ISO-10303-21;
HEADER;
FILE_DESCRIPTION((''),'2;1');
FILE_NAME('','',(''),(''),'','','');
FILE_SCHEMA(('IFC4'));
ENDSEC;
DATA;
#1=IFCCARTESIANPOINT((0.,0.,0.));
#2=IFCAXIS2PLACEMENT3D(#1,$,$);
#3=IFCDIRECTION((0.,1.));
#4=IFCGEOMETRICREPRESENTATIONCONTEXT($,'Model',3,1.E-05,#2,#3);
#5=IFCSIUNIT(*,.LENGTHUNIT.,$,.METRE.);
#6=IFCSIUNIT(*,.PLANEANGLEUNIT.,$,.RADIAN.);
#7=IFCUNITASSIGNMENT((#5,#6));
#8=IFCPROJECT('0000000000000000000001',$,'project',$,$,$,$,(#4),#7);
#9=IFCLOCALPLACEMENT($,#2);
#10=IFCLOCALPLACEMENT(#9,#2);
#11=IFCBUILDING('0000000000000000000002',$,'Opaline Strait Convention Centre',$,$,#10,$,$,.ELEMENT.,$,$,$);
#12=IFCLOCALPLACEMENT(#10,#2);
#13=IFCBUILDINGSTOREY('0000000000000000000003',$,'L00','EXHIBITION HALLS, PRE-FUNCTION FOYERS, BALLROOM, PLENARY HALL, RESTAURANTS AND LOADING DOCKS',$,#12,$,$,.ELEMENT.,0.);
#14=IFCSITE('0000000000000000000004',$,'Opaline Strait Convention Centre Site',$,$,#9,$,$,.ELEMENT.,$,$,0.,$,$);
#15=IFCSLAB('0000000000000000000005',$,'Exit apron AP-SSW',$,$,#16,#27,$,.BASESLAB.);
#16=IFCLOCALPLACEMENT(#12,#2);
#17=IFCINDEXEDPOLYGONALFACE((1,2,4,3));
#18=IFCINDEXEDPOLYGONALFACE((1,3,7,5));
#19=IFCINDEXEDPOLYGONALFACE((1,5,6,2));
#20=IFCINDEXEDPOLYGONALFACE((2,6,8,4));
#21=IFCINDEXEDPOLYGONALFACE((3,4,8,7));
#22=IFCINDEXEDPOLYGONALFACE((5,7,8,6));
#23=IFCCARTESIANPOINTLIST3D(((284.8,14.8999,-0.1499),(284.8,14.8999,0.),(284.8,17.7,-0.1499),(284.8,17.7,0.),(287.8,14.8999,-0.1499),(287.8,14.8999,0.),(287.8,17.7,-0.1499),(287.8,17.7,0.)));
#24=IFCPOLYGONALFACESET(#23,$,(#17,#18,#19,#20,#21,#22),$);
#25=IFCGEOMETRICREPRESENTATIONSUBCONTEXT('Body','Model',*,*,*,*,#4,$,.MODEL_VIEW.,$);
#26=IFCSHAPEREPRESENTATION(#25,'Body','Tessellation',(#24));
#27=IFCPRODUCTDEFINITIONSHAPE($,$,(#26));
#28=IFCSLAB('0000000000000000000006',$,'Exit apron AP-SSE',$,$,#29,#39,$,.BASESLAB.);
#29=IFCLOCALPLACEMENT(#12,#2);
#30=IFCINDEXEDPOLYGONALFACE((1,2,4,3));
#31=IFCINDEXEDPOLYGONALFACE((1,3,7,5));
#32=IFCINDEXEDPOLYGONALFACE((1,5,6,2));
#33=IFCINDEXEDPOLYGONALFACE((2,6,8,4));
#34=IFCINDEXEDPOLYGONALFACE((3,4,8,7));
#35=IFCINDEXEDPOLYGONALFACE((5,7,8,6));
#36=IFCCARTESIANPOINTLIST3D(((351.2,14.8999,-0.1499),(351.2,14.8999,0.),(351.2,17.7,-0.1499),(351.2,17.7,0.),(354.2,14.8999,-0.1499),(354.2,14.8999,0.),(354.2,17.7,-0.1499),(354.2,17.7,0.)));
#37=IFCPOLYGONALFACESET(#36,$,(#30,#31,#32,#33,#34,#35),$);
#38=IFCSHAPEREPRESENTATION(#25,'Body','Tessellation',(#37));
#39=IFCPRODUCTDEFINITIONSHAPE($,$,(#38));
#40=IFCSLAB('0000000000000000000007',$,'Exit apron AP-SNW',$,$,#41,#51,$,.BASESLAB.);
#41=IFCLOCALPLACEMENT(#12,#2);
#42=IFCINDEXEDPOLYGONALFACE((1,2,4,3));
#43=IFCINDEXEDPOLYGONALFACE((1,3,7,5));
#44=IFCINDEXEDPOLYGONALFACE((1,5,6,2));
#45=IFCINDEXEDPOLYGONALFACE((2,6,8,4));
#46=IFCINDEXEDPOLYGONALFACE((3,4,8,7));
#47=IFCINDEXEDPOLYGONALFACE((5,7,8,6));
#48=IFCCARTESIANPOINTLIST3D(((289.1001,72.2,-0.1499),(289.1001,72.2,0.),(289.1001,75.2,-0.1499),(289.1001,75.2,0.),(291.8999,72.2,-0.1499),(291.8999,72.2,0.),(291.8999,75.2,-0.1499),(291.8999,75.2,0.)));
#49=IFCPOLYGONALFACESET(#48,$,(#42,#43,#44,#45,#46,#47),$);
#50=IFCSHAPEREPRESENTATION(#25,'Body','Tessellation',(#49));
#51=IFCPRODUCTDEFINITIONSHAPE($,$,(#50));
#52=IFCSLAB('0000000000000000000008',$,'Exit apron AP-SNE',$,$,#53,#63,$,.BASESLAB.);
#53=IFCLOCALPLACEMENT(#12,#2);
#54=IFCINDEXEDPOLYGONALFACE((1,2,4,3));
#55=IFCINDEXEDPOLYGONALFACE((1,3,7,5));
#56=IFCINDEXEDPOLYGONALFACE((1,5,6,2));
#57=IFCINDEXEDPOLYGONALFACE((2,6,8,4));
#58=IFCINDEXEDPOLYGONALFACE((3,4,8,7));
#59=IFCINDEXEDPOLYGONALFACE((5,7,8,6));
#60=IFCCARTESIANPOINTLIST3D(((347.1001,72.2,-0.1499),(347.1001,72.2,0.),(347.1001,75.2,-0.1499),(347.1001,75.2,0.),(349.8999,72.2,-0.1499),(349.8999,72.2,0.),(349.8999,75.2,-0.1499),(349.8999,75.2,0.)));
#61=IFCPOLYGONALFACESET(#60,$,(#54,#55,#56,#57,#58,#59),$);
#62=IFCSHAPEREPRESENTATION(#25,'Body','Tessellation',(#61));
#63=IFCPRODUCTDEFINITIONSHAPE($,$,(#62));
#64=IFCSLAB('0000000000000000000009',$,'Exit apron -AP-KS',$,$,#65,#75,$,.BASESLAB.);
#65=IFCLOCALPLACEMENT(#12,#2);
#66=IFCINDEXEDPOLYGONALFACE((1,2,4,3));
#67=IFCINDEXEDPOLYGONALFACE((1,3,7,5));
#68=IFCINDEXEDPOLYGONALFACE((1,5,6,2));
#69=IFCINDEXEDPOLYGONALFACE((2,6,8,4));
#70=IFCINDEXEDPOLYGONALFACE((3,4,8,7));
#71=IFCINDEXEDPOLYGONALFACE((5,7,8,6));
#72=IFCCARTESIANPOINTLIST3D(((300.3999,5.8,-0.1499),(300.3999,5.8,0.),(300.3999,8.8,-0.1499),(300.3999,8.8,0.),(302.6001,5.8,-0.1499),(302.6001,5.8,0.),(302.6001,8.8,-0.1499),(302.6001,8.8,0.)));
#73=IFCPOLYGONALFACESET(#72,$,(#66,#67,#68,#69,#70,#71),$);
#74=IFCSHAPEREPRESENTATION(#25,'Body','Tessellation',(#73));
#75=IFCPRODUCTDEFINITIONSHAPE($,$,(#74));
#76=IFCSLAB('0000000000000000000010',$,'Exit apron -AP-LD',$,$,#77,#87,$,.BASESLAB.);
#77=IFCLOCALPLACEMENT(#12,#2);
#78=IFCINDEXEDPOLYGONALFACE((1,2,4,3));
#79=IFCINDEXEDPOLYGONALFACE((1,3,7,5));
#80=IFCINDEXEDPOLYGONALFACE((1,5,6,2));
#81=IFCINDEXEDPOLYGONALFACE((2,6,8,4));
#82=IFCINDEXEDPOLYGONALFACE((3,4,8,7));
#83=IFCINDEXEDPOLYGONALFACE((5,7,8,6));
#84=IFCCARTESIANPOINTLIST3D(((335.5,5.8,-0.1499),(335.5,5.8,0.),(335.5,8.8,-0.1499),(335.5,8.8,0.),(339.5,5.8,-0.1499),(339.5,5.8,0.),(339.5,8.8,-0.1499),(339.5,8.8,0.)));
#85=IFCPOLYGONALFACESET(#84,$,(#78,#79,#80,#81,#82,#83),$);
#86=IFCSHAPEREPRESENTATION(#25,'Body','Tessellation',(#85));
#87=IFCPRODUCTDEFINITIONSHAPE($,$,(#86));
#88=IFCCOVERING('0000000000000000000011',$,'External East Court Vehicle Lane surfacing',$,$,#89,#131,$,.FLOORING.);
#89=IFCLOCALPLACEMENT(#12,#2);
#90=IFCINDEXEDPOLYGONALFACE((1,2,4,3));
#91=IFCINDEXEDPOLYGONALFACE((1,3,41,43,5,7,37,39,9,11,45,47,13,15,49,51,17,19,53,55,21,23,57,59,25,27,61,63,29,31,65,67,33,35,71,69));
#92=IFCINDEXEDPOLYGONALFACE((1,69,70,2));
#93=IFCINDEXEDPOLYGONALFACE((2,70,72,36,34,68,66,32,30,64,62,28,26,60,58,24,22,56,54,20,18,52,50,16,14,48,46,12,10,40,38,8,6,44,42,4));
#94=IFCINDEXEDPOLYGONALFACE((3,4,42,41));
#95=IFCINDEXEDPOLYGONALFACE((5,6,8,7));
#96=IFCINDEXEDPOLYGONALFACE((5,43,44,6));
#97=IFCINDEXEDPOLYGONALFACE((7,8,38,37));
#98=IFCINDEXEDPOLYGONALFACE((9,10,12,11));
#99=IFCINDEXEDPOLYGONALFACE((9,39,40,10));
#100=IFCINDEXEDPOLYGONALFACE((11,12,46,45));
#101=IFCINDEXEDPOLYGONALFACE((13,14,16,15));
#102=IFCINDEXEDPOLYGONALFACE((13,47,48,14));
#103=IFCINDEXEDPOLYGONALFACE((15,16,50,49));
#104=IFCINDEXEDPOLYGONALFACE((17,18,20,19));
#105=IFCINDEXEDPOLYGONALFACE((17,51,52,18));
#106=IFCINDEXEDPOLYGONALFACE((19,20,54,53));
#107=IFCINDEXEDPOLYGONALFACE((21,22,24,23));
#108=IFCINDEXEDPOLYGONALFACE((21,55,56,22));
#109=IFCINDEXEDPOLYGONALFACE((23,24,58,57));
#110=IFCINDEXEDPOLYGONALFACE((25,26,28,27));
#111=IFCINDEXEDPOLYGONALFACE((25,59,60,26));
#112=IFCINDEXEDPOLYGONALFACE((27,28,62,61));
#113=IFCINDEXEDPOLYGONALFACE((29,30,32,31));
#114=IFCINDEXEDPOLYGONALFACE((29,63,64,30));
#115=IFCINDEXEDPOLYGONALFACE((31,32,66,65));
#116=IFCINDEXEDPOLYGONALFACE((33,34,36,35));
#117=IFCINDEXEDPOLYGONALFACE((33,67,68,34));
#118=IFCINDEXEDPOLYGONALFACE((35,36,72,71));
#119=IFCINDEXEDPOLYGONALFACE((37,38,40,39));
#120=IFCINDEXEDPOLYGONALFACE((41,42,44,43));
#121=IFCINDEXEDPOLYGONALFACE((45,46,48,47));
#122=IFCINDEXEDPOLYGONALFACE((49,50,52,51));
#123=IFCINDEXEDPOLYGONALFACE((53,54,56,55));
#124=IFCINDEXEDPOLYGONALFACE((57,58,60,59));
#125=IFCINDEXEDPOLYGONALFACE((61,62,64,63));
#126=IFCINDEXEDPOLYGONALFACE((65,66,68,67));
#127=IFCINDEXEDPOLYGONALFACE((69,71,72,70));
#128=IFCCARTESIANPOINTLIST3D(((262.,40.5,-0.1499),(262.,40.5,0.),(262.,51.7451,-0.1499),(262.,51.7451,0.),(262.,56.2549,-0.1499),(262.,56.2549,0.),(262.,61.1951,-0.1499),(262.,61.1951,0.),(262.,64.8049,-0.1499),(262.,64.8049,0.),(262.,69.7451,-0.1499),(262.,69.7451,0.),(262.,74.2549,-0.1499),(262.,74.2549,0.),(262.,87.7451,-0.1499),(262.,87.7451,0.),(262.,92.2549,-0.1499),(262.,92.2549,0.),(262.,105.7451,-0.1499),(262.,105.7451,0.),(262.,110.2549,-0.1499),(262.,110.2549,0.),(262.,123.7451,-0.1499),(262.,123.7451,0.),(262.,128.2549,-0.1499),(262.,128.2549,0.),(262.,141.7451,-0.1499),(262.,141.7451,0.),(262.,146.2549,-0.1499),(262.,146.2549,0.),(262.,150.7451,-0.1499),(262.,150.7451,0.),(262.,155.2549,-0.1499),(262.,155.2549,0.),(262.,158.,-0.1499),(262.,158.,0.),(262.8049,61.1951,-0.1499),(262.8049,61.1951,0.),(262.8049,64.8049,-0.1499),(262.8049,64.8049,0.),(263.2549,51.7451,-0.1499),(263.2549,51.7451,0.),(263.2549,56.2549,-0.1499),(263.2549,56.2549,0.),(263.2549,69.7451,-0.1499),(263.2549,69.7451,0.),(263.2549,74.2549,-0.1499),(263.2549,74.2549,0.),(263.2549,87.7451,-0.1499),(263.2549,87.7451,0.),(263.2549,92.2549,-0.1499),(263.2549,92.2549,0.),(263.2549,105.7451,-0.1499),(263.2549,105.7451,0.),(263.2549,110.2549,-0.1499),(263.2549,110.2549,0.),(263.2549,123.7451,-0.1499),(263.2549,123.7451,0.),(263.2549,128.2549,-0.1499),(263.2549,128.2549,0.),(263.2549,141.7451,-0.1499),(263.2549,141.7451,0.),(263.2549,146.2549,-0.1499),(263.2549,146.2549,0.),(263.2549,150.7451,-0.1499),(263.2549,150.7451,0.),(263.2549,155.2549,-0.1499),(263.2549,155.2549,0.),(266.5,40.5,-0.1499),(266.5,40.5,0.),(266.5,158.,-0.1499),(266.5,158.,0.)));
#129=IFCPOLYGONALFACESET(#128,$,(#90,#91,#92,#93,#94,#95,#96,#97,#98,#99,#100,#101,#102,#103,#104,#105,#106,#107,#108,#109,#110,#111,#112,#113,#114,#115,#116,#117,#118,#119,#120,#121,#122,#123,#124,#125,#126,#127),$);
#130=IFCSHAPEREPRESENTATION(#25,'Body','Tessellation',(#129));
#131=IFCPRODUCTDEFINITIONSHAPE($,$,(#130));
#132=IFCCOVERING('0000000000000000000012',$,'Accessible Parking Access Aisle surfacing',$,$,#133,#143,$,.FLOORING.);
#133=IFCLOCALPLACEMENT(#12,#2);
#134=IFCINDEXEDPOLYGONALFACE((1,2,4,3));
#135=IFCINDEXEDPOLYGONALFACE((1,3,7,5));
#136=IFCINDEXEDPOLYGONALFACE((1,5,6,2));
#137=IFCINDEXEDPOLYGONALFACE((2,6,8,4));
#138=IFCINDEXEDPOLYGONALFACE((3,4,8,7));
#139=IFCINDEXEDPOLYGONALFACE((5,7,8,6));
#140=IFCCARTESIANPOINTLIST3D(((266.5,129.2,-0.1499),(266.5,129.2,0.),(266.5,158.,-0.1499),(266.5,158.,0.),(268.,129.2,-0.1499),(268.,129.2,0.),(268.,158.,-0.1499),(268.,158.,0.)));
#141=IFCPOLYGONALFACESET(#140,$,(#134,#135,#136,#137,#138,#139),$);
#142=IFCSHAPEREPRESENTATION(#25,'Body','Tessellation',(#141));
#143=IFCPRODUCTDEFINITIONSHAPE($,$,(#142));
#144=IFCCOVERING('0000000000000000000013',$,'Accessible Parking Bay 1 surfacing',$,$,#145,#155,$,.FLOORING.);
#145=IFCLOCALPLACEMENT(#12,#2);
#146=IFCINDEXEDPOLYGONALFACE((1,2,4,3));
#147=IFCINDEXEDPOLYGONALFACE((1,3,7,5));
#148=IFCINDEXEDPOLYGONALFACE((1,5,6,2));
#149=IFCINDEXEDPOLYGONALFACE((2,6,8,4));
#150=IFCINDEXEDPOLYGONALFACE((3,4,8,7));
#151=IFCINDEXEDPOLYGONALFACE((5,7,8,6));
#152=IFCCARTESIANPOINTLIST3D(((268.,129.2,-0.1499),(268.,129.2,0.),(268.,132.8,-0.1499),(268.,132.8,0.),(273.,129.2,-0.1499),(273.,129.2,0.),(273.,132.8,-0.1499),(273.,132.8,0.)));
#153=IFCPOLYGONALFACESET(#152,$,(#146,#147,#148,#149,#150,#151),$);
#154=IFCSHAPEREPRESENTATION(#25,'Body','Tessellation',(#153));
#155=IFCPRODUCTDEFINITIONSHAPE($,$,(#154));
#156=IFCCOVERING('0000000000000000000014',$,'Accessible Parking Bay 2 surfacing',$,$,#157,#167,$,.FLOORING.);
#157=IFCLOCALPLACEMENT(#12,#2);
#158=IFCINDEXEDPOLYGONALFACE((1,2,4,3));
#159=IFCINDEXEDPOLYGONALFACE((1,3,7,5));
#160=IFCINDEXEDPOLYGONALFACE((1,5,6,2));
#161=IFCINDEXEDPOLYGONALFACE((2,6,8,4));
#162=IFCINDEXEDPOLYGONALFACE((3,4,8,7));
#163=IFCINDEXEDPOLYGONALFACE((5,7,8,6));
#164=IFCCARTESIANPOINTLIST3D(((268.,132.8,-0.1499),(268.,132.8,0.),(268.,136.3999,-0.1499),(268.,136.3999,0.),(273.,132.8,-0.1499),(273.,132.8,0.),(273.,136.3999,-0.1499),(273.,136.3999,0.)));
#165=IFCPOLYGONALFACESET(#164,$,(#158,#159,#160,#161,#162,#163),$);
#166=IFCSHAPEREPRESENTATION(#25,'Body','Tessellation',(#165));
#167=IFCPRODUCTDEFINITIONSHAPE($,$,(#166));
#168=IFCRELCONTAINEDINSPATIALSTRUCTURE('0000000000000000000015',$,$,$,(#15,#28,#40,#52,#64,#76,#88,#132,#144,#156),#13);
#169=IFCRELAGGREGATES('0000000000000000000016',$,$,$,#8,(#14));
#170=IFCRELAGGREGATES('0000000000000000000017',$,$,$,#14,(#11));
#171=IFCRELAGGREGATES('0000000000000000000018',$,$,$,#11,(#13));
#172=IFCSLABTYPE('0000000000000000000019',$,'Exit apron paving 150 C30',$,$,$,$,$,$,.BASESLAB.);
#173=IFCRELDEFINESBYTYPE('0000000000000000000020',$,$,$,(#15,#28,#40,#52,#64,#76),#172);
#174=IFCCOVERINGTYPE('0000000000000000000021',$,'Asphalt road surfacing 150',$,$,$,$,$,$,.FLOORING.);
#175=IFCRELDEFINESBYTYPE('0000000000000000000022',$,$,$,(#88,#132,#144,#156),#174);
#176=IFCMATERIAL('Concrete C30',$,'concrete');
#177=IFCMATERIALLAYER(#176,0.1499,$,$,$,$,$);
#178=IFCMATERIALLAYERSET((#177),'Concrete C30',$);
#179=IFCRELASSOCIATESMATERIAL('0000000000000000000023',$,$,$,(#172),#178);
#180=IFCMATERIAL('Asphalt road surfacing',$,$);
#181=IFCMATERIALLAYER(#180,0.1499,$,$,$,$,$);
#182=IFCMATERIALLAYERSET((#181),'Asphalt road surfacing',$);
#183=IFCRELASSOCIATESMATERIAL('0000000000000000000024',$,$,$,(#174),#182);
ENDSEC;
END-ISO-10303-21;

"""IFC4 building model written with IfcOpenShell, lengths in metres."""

from ifc_helpers import new_model, si_unit, direction, frame, origin, place, context, subcontext, project, spatial, polyline, outline, extrude, material, layer, layer_set, type_object, element, save


model = new_model("IFC4")

# Units and contexts
model_context = context("Model", 3, precision=1e-05, world=origin(), true_north=direction((0.0, 1.0)))
body_context = subcontext(model_context, "Body", "Model", "MODEL_VIEW")
ifc_project = project(units=[si_unit("LENGTHUNIT", "METRE"), si_unit("PLANEANGLEUNIT", "RADIAN")], contexts=[model_context])

# Site, building, storey
site_placement = place(None, origin())
site = spatial("IfcSite", under=ifc_project, at=site_placement, Name="Opaline Strait Convention Centre Site", CompositionType="ELEMENT", RefElevation=0.0)
building_placement = place(site_placement, origin())
building = spatial("IfcBuilding", under=site, at=building_placement, Name="Opaline Strait Convention Centre", CompositionType="ELEMENT")
storey_placement = place(building_placement, origin())
storey = spatial("IfcBuildingStorey", under=building, at=storey_placement, Name="L00", Description="EXHIBITION HALLS, PRE-FUNCTION FOYERS, BALLROOM, PLENARY HALL, RESTAURANTS AND LOADING DOCKS", CompositionType="ELEMENT", Elevation=0.0)

# Slabs
ifc_material_1 = material(Name="Concrete C30", Category="concrete")
ifc_layer_1 = layer(ifc_material_1, 0.1499)
ifc_layer_set_1 = layer_set([ifc_layer_1], Name="Concrete C30")
slab_type = type_object("IfcSlabType", Name="Exit apron paving 150 C30", PredefinedType="BASESLAB", material=ifc_layer_set_1)
slab_1_placement = place(storey_placement, frame((0.0, 0.0, -0.1499)))
element("IfcSlab", 1, at=slab_1_placement, inside=storey, type_object=slab_type, Name="Exit apron AP-SSW", PredefinedType="BASESLAB", context=body_context, shape_type="SweptSolid", body=[
    extrude(outline(polyline([(284.8, 14.8999), (287.8, 14.8999), (287.8, 17.7), (284.8, 17.7), (284.8, 14.8999)])), origin(), (0.0, 0.0, 1.0), 0.1499),
])
slab_2_placement = place(storey_placement, frame((0.0, 0.0, -0.1499)))
element("IfcSlab", 2, at=slab_2_placement, inside=storey, type_object=slab_type, Name="Exit apron AP-SSE", PredefinedType="BASESLAB", context=body_context, shape_type="SweptSolid", body=[
    extrude(outline(polyline([(351.2, 14.8999), (354.2, 14.8999), (354.2, 17.7), (351.2, 17.7), (351.2, 14.8999)])), origin(), (0.0, 0.0, 1.0), 0.1499),
])
slab_3_placement = place(storey_placement, frame((0.0, 0.0, -0.1499)))
element("IfcSlab", 3, at=slab_3_placement, inside=storey, type_object=slab_type, Name="Exit apron AP-SNW", PredefinedType="BASESLAB", context=body_context, shape_type="SweptSolid", body=[
    extrude(outline(polyline([(289.1001, 72.2), (291.8999, 72.2), (291.8999, 75.2), (289.1001, 75.2), (289.1001, 72.2)])), origin(), (0.0, 0.0, 1.0), 0.1499),
])
slab_4_placement = place(storey_placement, frame((0.0, 0.0, -0.1499)))
element("IfcSlab", 4, at=slab_4_placement, inside=storey, type_object=slab_type, Name="Exit apron AP-SNE", PredefinedType="BASESLAB", context=body_context, shape_type="SweptSolid", body=[
    extrude(outline(polyline([(347.1001, 72.2), (349.8999, 72.2), (349.8999, 75.2), (347.1001, 75.2), (347.1001, 72.2)])), origin(), (0.0, 0.0, 1.0), 0.1499),
])
slab_5_placement = place(storey_placement, frame((0.0, 0.0, -0.1499)))
element("IfcSlab", 5, at=slab_5_placement, inside=storey, type_object=slab_type, Name="Exit apron -AP-KS", PredefinedType="BASESLAB", context=body_context, shape_type="SweptSolid", body=[
    extrude(outline(polyline([(300.3999, 5.8), (302.6001, 5.8), (302.6001, 8.8), (300.3999, 8.8), (300.3999, 5.8)])), origin(), (0.0, 0.0, 1.0), 0.1499),
])
slab_6_placement = place(storey_placement, frame((0.0, 0.0, -0.1499)))
element("IfcSlab", 6, at=slab_6_placement, inside=storey, type_object=slab_type, Name="Exit apron -AP-LD", PredefinedType="BASESLAB", context=body_context, shape_type="SweptSolid", body=[
    extrude(outline(polyline([(335.5, 5.8), (339.5, 5.8), (339.5, 8.8), (335.5, 8.8), (335.5, 5.8)])), origin(), (0.0, 0.0, 1.0), 0.1499),
])

# Coverings
ifc_material_2 = material(Name="Asphalt road surfacing")
ifc_layer_2 = layer(ifc_material_2, 0.1499)
ifc_layer_set_2 = layer_set([ifc_layer_2], Name="Asphalt road surfacing")
covering_type_1 = type_object("IfcCoveringType", Name="Asphalt road surfacing 150", PredefinedType="FLOORING", material=ifc_layer_set_2)
covering_1_placement = place(storey_placement, frame((0.0, 0.0, -0.1499)))
element("IfcCovering", 7, at=covering_1_placement, inside=storey, type_object=covering_type_1, Name="External East Court Vehicle Lane surfacing", PredefinedType="FLOORING", context=body_context, shape_type="SweptSolid", body=[
    extrude(outline(polyline([(266.5, 158.0), (262.0, 158.0), (262.0, 155.2549), (263.2549, 155.2549), (263.2549, 150.7451), (262.0, 150.7451), (262.0, 146.2549), (263.2549, 146.2549), (263.2549, 141.7451), (262.0, 141.7451), (262.0, 128.2549), (263.2549, 128.2549), (263.2549, 123.7451), (262.0, 123.7451), (262.0, 110.2549), (263.2549, 110.2549), (263.2549, 105.7451), (262.0, 105.7451), (262.0, 92.2549), (263.2549, 92.2549), (263.2549, 87.7451), (262.0, 87.7451), (262.0, 74.2549), (263.2549, 74.2549), (263.2549, 69.7451), (262.0, 69.7451), (262.0, 64.8049), (262.8049, 64.8049), (262.8049, 61.1951), (262.0, 61.1951), (262.0, 56.2549), (263.2549, 56.2549), (263.2549, 51.7451), (262.0, 51.7451), (262.0, 40.5), (266.5, 40.5), (266.5, 158.0)])), origin(), (0.0, 0.0, 1.0), 0.1499),
])
covering_2_placement = place(storey_placement, frame((0.0, 0.0, -0.1499)))
element("IfcCovering", 8, at=covering_2_placement, inside=storey, type_object=covering_type_1, Name="Accessible Parking Access Aisle surfacing", PredefinedType="FLOORING", context=body_context, shape_type="SweptSolid", body=[
    extrude(outline(polyline([(266.5, 158.0), (266.5, 129.2), (268.0, 129.2), (268.0, 158.0), (266.5, 158.0)])), origin(), (0.0, 0.0, 1.0), 0.1499),
])
covering_3_placement = place(storey_placement, frame((0.0, 0.0, -0.1499)))
element("IfcCovering", 9, at=covering_3_placement, inside=storey, type_object=covering_type_1, Name="Accessible Parking Bay 1 surfacing", PredefinedType="FLOORING", context=body_context, shape_type="SweptSolid", body=[
    extrude(outline(polyline([(268.0, 132.8), (268.0, 129.2), (273.0, 129.2), (273.0, 132.8), (268.0, 132.8)])), origin(), (0.0, 0.0, 1.0), 0.1499),
])
covering_4_placement = place(storey_placement, frame((0.0, 0.0, -0.1499)))
element("IfcCovering", 10, at=covering_4_placement, inside=storey, type_object=covering_type_1, Name="Accessible Parking Bay 2 surfacing", PredefinedType="FLOORING", context=body_context, shape_type="SweptSolid", body=[
    extrude(outline(polyline([(268.0, 136.3999), (268.0, 132.8), (273.0, 132.8), (273.0, 136.3999), (268.0, 136.3999)])), origin(), (0.0, 0.0, 1.0), 0.1499),
])

save(model, "model.ifc")
